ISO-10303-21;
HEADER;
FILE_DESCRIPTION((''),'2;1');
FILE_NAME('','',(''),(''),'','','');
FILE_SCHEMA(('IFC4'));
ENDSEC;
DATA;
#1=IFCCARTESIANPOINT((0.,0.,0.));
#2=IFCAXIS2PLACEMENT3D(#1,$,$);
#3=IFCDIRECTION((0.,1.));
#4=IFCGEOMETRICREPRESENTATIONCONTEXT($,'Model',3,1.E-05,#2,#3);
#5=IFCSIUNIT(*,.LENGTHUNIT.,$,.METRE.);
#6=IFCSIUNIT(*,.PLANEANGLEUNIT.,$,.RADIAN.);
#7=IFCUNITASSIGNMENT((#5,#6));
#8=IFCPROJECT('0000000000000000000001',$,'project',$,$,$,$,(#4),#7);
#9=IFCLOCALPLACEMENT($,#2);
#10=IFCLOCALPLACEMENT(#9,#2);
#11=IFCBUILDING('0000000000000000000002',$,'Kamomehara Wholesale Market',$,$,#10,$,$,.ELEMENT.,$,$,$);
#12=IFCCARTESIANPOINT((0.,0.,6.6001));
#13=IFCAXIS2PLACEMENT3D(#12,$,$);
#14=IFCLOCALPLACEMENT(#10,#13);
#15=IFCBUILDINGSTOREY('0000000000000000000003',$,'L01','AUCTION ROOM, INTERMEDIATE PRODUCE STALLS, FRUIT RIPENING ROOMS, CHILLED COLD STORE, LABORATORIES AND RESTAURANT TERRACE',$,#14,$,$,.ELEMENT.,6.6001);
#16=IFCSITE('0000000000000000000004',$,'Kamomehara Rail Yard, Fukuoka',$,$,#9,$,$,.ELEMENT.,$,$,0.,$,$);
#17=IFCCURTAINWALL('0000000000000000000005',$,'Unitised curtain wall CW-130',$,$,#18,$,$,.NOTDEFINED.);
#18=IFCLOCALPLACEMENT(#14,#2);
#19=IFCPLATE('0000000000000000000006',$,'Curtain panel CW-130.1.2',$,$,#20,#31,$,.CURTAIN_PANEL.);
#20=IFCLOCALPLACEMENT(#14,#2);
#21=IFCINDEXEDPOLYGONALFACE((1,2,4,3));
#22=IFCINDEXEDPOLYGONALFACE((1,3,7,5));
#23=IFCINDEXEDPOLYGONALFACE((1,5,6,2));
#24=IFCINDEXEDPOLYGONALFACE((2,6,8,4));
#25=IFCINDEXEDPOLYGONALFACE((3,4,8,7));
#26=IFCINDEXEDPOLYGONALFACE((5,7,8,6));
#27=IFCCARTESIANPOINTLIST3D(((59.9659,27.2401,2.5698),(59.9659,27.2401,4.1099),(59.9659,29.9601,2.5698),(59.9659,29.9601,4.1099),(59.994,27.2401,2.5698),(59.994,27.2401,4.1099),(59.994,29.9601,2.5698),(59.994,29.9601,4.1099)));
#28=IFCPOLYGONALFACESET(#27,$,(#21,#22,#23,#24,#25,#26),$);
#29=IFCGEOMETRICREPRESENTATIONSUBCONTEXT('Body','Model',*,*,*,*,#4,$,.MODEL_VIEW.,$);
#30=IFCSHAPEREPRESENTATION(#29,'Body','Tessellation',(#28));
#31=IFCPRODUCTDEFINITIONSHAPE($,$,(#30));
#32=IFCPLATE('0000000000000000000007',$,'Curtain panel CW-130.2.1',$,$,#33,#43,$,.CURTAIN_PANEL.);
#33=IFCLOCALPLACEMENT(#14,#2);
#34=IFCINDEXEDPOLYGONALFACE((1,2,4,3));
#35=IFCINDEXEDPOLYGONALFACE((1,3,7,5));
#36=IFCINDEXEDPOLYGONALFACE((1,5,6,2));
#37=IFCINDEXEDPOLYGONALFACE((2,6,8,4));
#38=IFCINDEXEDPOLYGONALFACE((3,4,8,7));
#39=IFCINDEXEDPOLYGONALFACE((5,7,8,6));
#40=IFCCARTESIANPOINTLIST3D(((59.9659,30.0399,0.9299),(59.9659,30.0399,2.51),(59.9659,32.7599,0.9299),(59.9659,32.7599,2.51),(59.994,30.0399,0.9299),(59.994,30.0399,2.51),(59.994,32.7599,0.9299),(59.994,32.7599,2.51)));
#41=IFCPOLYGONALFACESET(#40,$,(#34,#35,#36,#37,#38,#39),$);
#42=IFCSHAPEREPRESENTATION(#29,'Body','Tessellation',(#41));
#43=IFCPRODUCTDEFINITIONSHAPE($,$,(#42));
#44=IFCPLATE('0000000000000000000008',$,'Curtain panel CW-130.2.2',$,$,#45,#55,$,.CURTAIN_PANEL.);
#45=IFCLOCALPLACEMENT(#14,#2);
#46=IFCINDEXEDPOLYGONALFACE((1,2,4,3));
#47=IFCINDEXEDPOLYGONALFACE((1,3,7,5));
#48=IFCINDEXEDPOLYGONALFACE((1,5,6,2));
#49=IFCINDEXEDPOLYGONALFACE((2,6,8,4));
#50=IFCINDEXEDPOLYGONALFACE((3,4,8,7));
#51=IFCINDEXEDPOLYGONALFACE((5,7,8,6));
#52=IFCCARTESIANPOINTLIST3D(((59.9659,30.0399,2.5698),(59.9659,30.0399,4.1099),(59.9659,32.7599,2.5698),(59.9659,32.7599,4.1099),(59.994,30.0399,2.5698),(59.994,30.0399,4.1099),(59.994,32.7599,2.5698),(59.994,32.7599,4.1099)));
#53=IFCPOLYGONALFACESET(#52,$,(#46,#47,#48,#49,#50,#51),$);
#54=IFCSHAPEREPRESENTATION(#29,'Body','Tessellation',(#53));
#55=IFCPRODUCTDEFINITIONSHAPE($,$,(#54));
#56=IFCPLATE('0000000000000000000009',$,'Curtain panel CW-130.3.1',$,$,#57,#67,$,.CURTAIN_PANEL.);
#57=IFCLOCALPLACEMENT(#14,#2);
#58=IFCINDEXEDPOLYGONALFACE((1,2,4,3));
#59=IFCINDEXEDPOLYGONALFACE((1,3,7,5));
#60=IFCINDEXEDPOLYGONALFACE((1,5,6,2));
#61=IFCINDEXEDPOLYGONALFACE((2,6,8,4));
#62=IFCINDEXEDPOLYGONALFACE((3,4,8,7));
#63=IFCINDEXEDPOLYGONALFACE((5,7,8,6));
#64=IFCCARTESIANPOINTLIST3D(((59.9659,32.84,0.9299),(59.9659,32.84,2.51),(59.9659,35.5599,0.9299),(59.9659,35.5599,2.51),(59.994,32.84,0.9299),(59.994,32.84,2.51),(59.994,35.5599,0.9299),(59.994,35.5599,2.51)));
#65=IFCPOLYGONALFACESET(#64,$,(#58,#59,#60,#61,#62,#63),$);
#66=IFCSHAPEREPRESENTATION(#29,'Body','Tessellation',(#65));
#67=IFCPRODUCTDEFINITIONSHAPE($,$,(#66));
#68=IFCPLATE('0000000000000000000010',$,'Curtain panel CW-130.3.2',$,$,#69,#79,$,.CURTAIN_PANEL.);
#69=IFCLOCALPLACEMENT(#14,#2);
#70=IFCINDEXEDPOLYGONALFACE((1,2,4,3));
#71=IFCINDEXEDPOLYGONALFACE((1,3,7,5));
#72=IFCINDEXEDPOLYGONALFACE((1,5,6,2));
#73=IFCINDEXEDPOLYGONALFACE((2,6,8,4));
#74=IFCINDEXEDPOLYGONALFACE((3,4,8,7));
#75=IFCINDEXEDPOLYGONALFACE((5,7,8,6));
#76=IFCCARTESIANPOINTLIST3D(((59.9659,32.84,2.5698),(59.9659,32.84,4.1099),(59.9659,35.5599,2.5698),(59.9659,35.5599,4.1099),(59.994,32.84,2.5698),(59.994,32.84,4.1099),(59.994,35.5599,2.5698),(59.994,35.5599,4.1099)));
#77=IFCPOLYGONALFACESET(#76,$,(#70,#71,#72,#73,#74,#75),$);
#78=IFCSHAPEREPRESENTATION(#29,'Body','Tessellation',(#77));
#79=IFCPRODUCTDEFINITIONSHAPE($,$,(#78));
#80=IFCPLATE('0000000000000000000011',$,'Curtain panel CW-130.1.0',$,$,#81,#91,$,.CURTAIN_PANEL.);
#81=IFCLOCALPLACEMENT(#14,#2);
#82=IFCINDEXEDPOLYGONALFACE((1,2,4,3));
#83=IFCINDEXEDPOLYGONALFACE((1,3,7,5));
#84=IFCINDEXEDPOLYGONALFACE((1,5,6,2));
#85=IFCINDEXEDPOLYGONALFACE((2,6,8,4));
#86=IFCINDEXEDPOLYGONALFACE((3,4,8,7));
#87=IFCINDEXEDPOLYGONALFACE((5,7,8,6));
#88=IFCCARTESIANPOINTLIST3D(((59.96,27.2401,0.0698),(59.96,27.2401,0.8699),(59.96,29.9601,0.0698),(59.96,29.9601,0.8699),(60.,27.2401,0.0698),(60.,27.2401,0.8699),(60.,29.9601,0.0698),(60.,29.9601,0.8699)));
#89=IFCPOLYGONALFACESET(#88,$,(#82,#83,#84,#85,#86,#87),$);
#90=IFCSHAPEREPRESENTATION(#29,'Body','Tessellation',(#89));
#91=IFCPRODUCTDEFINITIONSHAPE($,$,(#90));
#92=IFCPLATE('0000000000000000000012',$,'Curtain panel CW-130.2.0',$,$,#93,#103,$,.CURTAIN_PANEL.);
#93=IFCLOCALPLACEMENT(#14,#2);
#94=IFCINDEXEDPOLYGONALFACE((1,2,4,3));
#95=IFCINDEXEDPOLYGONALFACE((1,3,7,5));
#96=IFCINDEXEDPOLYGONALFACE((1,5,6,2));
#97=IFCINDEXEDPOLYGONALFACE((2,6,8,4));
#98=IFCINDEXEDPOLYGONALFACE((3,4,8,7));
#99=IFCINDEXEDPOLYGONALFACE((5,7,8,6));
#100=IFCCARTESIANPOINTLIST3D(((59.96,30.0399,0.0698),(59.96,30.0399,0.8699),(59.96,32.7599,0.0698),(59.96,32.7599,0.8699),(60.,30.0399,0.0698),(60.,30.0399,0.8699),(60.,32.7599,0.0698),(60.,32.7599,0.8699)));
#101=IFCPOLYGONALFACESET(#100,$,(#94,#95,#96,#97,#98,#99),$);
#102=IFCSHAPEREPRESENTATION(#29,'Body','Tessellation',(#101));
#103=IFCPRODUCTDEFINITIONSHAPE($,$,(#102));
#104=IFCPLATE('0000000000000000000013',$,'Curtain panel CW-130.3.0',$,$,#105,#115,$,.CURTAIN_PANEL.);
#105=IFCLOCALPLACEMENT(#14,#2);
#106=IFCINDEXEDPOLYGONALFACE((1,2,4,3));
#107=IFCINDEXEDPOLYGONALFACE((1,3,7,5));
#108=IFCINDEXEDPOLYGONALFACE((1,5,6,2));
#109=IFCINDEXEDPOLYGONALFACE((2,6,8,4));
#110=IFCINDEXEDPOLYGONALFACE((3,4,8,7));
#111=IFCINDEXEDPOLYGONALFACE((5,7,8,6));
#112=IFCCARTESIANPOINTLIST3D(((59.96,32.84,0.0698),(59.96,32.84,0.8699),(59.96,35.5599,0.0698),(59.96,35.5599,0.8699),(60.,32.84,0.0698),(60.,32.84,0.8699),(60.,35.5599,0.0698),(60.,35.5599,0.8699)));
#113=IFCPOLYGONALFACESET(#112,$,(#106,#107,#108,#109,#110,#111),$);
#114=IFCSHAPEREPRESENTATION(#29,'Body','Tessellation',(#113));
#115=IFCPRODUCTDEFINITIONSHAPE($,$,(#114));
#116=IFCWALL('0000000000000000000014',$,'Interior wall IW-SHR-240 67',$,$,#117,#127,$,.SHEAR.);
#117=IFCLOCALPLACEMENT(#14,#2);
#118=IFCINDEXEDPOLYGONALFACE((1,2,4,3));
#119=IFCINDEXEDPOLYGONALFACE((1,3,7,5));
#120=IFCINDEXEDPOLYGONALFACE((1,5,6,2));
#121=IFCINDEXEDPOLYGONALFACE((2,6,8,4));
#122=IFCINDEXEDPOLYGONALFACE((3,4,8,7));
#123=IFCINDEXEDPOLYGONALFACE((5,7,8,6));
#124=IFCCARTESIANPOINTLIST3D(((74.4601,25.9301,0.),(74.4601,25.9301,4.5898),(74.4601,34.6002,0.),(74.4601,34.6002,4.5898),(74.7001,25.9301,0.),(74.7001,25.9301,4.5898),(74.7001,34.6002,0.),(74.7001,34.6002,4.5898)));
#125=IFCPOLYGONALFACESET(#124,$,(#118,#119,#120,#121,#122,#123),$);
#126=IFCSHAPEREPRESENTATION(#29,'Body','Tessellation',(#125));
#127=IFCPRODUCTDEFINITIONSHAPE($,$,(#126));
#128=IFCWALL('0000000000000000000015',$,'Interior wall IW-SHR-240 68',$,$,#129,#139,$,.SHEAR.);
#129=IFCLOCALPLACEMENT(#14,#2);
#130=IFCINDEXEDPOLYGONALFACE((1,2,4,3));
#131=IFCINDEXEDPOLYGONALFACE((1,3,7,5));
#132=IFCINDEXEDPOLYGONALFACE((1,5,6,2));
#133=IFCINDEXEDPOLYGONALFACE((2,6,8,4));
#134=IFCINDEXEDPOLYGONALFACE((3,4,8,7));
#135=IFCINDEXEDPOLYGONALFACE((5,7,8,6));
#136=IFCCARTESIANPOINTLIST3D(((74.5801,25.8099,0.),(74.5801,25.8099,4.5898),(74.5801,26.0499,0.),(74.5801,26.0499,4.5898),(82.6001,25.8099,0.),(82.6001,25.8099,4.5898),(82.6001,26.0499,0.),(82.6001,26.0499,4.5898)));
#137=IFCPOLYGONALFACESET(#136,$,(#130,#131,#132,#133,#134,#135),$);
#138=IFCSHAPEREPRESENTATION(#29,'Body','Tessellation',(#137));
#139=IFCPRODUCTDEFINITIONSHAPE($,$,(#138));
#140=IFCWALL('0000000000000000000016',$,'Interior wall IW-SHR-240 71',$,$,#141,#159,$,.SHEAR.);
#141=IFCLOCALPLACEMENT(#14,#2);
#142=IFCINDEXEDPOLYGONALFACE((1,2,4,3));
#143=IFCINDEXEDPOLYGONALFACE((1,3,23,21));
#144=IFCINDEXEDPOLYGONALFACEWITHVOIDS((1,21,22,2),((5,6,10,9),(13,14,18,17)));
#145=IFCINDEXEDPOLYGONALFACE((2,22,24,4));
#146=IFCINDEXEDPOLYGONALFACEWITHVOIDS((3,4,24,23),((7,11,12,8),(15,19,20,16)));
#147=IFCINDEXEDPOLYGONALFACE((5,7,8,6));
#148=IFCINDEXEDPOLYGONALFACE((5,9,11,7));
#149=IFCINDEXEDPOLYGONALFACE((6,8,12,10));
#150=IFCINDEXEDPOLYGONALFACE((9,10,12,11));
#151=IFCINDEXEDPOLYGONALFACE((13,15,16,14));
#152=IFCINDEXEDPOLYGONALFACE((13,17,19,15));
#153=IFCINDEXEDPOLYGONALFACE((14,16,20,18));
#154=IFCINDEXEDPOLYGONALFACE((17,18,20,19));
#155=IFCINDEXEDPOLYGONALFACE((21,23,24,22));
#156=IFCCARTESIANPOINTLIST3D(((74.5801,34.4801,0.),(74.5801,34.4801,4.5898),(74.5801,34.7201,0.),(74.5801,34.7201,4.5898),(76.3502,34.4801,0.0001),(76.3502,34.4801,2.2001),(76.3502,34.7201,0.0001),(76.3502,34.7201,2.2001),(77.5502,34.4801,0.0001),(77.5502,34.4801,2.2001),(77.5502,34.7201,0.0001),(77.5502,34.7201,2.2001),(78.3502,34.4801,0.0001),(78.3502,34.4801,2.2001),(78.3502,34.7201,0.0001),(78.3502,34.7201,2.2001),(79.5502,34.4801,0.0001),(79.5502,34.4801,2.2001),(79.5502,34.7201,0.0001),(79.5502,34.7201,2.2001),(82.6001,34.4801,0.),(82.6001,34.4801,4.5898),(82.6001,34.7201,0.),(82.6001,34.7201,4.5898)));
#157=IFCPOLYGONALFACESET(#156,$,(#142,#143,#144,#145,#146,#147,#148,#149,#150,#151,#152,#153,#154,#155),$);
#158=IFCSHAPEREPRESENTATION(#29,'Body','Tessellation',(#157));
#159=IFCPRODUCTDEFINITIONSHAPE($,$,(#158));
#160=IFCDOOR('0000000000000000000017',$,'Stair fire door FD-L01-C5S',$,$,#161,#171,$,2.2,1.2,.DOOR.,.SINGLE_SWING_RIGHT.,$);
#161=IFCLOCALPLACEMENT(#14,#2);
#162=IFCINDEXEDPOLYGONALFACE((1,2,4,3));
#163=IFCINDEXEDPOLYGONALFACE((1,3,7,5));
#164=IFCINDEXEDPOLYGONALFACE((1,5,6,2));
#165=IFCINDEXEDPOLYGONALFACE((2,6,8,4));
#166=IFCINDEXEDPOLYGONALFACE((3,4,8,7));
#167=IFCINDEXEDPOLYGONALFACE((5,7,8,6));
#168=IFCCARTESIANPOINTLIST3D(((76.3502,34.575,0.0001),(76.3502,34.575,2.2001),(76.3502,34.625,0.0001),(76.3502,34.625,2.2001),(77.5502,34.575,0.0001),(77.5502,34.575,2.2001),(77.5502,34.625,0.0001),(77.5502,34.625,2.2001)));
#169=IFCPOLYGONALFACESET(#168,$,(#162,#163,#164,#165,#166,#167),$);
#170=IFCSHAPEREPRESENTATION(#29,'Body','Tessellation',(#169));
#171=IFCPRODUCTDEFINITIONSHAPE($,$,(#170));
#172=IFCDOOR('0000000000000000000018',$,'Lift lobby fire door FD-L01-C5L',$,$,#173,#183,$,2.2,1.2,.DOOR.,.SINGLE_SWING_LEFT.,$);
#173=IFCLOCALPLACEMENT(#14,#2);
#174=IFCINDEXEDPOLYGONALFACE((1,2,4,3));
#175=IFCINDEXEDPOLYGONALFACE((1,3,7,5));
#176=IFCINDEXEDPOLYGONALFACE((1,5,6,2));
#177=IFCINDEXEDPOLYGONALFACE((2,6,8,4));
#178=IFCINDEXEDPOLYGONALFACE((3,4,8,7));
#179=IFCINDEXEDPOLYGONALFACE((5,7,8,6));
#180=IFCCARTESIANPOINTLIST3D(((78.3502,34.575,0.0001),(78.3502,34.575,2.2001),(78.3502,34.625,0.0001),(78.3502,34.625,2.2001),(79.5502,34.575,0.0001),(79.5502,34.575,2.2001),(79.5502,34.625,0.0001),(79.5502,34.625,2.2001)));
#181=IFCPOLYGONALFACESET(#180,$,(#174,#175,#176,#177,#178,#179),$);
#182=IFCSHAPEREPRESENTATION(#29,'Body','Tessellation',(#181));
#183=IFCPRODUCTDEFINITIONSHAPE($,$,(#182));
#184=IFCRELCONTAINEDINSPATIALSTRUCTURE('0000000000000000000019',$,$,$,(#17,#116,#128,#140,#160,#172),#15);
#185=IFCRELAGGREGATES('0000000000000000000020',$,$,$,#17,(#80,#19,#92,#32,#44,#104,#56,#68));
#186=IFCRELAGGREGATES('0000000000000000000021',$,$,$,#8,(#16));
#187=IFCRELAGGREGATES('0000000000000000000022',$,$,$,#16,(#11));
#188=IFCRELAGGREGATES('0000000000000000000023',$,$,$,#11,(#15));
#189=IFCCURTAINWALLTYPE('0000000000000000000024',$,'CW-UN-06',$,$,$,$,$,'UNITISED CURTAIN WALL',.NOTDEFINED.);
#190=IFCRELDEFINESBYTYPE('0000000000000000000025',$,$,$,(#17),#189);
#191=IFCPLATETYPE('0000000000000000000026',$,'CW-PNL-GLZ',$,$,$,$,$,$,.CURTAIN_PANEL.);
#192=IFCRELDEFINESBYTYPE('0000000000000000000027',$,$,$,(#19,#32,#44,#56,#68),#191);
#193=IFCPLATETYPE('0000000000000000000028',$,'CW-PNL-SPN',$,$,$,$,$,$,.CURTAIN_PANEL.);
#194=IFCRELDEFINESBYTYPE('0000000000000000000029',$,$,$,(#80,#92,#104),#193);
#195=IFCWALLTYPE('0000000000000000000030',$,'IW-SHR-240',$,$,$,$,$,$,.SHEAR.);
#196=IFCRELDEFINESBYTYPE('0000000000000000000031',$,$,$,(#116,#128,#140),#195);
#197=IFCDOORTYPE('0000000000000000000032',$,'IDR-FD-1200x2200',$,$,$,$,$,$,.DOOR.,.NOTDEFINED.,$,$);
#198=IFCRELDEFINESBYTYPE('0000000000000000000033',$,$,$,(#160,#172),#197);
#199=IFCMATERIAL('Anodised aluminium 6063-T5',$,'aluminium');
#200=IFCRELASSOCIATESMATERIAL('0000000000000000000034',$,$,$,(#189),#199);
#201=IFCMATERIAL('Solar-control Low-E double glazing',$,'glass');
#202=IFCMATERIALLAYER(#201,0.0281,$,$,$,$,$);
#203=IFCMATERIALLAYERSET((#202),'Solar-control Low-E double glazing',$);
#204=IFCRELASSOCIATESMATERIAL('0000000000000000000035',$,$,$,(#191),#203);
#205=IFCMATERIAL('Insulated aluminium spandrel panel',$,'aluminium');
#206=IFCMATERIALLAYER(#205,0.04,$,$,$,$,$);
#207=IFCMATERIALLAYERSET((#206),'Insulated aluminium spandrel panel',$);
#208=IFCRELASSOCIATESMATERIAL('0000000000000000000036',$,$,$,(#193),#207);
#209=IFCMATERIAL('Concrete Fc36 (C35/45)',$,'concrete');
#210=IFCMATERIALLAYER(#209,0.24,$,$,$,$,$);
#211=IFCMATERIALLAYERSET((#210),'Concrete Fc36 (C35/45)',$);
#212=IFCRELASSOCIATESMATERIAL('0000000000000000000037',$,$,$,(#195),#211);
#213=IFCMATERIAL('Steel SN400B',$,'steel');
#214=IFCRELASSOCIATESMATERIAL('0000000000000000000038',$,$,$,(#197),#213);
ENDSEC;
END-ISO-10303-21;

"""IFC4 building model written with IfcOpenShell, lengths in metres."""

from ifc_helpers import new_model, si_unit, direction, frame, frame_2d, origin, origin_2d, place, context, subcontext, project, spatial, rectangle, extrude, material, layer, layer_set, type_object, element, fill, aggregate, save


model = new_model("IFC4")

# Units and contexts
model_context = context("Model", 3, precision=1e-05, world=origin(), true_north=direction((0.0, 1.0)))
body_context = subcontext(model_context, "Body", "Model", "MODEL_VIEW")
ifc_project = project(units=[si_unit("LENGTHUNIT", "METRE"), si_unit("PLANEANGLEUNIT", "RADIAN")], contexts=[model_context])

# Site, building, storey
site_placement = place(None, origin())
site = spatial("IfcSite", under=ifc_project, at=site_placement, Name="Kamomehara Rail Yard, Fukuoka", CompositionType="ELEMENT", RefElevation=0.0)
building_placement = place(site_placement, origin())
building = spatial("IfcBuilding", under=site, at=building_placement, Name="Kamomehara Wholesale Market", CompositionType="ELEMENT")
storey_placement = place(building_placement, frame((0.0, 0.0, 6.6001)))
storey = spatial("IfcBuildingStorey", under=building, at=storey_placement, Name="L01", Description="AUCTION ROOM, INTERMEDIATE PRODUCE STALLS, FRUIT RIPENING ROOMS, CHILLED COLD STORE, LABORATORIES AND RESTAURANT TERRACE", CompositionType="ELEMENT", Elevation=6.6001)

# Curtain wall, plates
ifc_material_1 = material(Name="Anodised aluminium 6063-T5", Category="aluminium")
curtain_wall_type = type_object("IfcCurtainWallType", Name="CW-UN-06", ElementType="UNITISED CURTAIN WALL", PredefinedType="NOTDEFINED", material=ifc_material_1)
curtain_wall_placement = place(storey_placement, origin())
curtain_wall = element("IfcCurtainWall", 1, at=curtain_wall_placement, inside=storey, type_object=curtain_wall_type, Name="Unitised curtain wall CW-130", PredefinedType="NOTDEFINED")
ifc_material_2 = material(Name="Solar-control Low-E double glazing", Category="glass")
ifc_layer_1 = layer(ifc_material_2, 0.0281)
ifc_layer_set_1 = layer_set([ifc_layer_1], Name="Solar-control Low-E double glazing")
plate_type_1 = type_object("IfcPlateType", Name="CW-PNL-GLZ", PredefinedType="CURTAIN_PANEL", material=ifc_layer_set_1)
plate_1_placement = place(storey_placement, frame((59.98, 28.6001, 2.5698), z_axis=(0.0, 0.0, 1.0), x_axis=(0.0, 1.0, 0.0)))
plate_1 = element("IfcPlate", 2, at=plate_1_placement, type_object=plate_type_1, Name="Curtain panel CW-130.1.2", PredefinedType="CURTAIN_PANEL", context=body_context, shape_type="SweptSolid", body=[
    extrude(rectangle(XDim=2.72, YDim=0.0281, at=origin_2d()), origin(), (0.0, 0.0, 1.0), 1.54),
])
plate_2_placement = place(storey_placement, frame((59.98, 31.3999, 0.9299), z_axis=(0.0, 0.0, 1.0), x_axis=(0.0, 1.0, 0.0)))
plate_2 = element("IfcPlate", 3, at=plate_2_placement, type_object=plate_type_1, Name="Curtain panel CW-130.2.1", PredefinedType="CURTAIN_PANEL", context=body_context, shape_type="SweptSolid", body=[
    extrude(rectangle(XDim=2.72, YDim=0.0281, at=origin_2d()), origin(), (0.0, 0.0, 1.0), 1.5801),
])
plate_3_placement = place(storey_placement, frame((59.98, 31.3999, 2.5698), z_axis=(0.0, 0.0, 1.0), x_axis=(0.0, 1.0, 0.0)))
plate_3 = element("IfcPlate", 4, at=plate_3_placement, type_object=plate_type_1, Name="Curtain panel CW-130.2.2", PredefinedType="CURTAIN_PANEL", context=body_context, shape_type="SweptSolid", body=[
    extrude(rectangle(XDim=2.72, YDim=0.0281, at=origin_2d()), origin(), (0.0, 0.0, 1.0), 1.54),
])
plate_4_placement = place(storey_placement, frame((59.98, 34.2, 0.9299), z_axis=(0.0, 0.0, 1.0), x_axis=(0.0, 1.0, 0.0)))
plate_4 = element("IfcPlate", 5, at=plate_4_placement, type_object=plate_type_1, Name="Curtain panel CW-130.3.1", PredefinedType="CURTAIN_PANEL", context=body_context, shape_type="SweptSolid", body=[
    extrude(rectangle(XDim=2.72, YDim=0.0281, at=origin_2d()), origin(), (0.0, 0.0, 1.0), 1.5801),
])
plate_5_placement = place(storey_placement, frame((59.98, 34.2, 2.5698), z_axis=(0.0, 0.0, 1.0), x_axis=(0.0, 1.0, 0.0)))
plate_5 = element("IfcPlate", 6, at=plate_5_placement, type_object=plate_type_1, Name="Curtain panel CW-130.3.2", PredefinedType="CURTAIN_PANEL", context=body_context, shape_type="SweptSolid", body=[
    extrude(rectangle(XDim=2.72, YDim=0.0281, at=origin_2d()), origin(), (0.0, 0.0, 1.0), 1.54),
])
ifc_material_3 = material(Name="Insulated aluminium spandrel panel", Category="aluminium")
ifc_layer_2 = layer(ifc_material_3, 0.04)
ifc_layer_set_2 = layer_set([ifc_layer_2], Name="Insulated aluminium spandrel panel")
plate_type_2 = type_object("IfcPlateType", Name="CW-PNL-SPN", PredefinedType="CURTAIN_PANEL", material=ifc_layer_set_2)
plate_6_placement = place(storey_placement, frame((59.98, 28.6001, 0.0698), z_axis=(0.0, 0.0, 1.0), x_axis=(0.0, 1.0, 0.0)))
plate_6 = element("IfcPlate", 7, at=plate_6_placement, type_object=plate_type_2, Name="Curtain panel CW-130.1.0", PredefinedType="CURTAIN_PANEL", context=body_context, shape_type="SweptSolid", body=[
    extrude(rectangle(XDim=2.72, YDim=0.04, at=origin_2d()), origin(), (0.0, 0.0, 1.0), 0.8),
])
plate_7_placement = place(storey_placement, frame((59.98, 31.3999, 0.0698), z_axis=(0.0, 0.0, 1.0), x_axis=(0.0, 1.0, 0.0)))
plate_7 = element("IfcPlate", 8, at=plate_7_placement, type_object=plate_type_2, Name="Curtain panel CW-130.2.0", PredefinedType="CURTAIN_PANEL", context=body_context, shape_type="SweptSolid", body=[
    extrude(rectangle(XDim=2.72, YDim=0.04, at=origin_2d()), origin(), (0.0, 0.0, 1.0), 0.8),
])
plate_8_placement = place(storey_placement, frame((59.98, 34.2, 0.0698), z_axis=(0.0, 0.0, 1.0), x_axis=(0.0, 1.0, 0.0)))
plate_8 = element("IfcPlate", 9, at=plate_8_placement, type_object=plate_type_2, Name="Curtain panel CW-130.3.0", PredefinedType="CURTAIN_PANEL", context=body_context, shape_type="SweptSolid", body=[
    extrude(rectangle(XDim=2.72, YDim=0.04, at=origin_2d()), origin(), (0.0, 0.0, 1.0), 0.8),
])
aggregate(curtain_wall, [plate_6, plate_1, plate_7, plate_2, plate_3, plate_8, plate_4, plate_5])

# Walls
ifc_material_4 = material(Name="Concrete Fc36 (C35/45)", Category="concrete")
ifc_layer_3 = layer(ifc_material_4, 0.24)
ifc_layer_set_3 = layer_set([ifc_layer_3], Name="Concrete Fc36 (C35/45)")
wall_type = type_object("IfcWallType", Name="IW-SHR-240", PredefinedType="SHEAR", material=ifc_layer_set_3)
wall_1_placement = place(storey_placement, frame((74.5801, 34.6001, 0.0), z_axis=(0.0, 0.0, 1.0), x_axis=(0.0, -1.0, 0.0)))
element("IfcWall", 10, at=wall_1_placement, inside=storey, type_object=wall_type, Name="Interior wall IW-SHR-240 67", PredefinedType="SHEAR", context=body_context, shape_type="SweptSolid", body=[
    extrude(rectangle(XDim=8.6702, YDim=0.24, at=frame_2d((4.335, 0.0))), origin(), (0.0, 0.0, 1.0), 4.5898),
])
wall_2_placement = place(storey_placement, frame((74.5801, 25.9299, 0.0), z_axis=(0.0, 0.0, 1.0), x_axis=(1.0, 0.0, 0.0)))
element("IfcWall", 11, at=wall_2_placement, inside=storey, type_object=wall_type, Name="Interior wall IW-SHR-240 68", PredefinedType="SHEAR", context=body_context, shape_type="SweptSolid", body=[
    extrude(rectangle(XDim=8.02, YDim=0.24, at=frame_2d((4.01, 0.0))), origin(), (0.0, 0.0, 1.0), 4.5898),
])

# Wall, openings, doors
wall_3_placement = place(storey_placement, frame((74.5801, 34.6001, 0.0), z_axis=(0.0, 0.0, 1.0), x_axis=(1.0, 0.0, 0.0)))
wall_3 = element("IfcWall", 12, at=wall_3_placement, inside=storey, type_object=wall_type, Name="Interior wall IW-SHR-240 71", PredefinedType="SHEAR", context=body_context, shape_type="SweptSolid", body=[
    extrude(rectangle(XDim=8.02, YDim=0.24, at=frame_2d((4.01, 0.0))), origin(), (0.0, 0.0, 1.0), 4.5898),
])
opening_1_placement = place(wall_3_placement, frame((1.77, 0.0, 0.0)))
opening_1 = element("IfcOpeningElement", 13, at=opening_1_placement, cuts=wall_3, PredefinedType="OPENING", context=body_context, shape_type="SweptSolid", body=[
    extrude(rectangle(XDim=1.2, YDim=2.2, at=frame_2d((0.6001, 1.1001))), frame((0.0, 0.1348, 0.0), z_axis=(0.0, -1.0, 0.0), x_axis=(1.0, 0.0, 0.0)), (0.0, 0.0, 1.0), 0.2698),
])
opening_2_placement = place(wall_3_placement, frame((3.77, 0.0, 0.0)))
opening_2 = element("IfcOpeningElement", 14, at=opening_2_placement, cuts=wall_3, PredefinedType="OPENING", context=body_context, shape_type="SweptSolid", body=[
    extrude(rectangle(XDim=1.2, YDim=2.2, at=frame_2d((0.6001, 1.1001))), frame((0.0, 0.1348, 0.0), z_axis=(0.0, -1.0, 0.0), x_axis=(1.0, 0.0, 0.0)), (0.0, 0.0, 1.0), 0.2698),
])
ifc_material_5 = material(Name="Steel SN400B", Category="steel")
door_type = type_object("IfcDoorType", Name="IDR-FD-1200x2200", OperationType="NOTDEFINED", PredefinedType="DOOR", material=ifc_material_5)
door_1_placement = place(opening_1_placement, origin())
door_1 = element("IfcDoor", 15, at=door_1_placement, inside=storey, type_object=door_type, Name="Stair fire door FD-L01-C5S", OperationType="SINGLE_SWING_RIGHT", OverallHeight=2.2, OverallWidth=1.2, PredefinedType="DOOR", context=body_context, shape_type="SweptSolid", body=[
    extrude(rectangle(XDim=1.2, YDim=2.2, at=frame_2d((0.6001, 1.1001))), frame((0.0, 0.0249, 0.0), z_axis=(0.0, -1.0, 0.0), x_axis=(1.0, 0.0, 0.0)), (0.0, 0.0, 1.0), 0.05),
])
fill(opening_1, door_1)
door_2_placement = place(opening_2_placement, origin())
door_2 = element("IfcDoor", 16, at=door_2_placement, inside=storey, type_object=door_type, Name="Lift lobby fire door FD-L01-C5L", OperationType="SINGLE_SWING_LEFT", OverallHeight=2.2, OverallWidth=1.2, PredefinedType="DOOR", context=body_context, shape_type="SweptSolid", body=[
    extrude(rectangle(XDim=1.2, YDim=2.2, at=frame_2d((0.6001, 1.1001))), frame((0.0, 0.0249, 0.0), z_axis=(0.0, -1.0, 0.0), x_axis=(1.0, 0.0, 0.0)), (0.0, 0.0, 1.0), 0.05),
])
fill(opening_2, door_2)

save(model, "model.ifc")
